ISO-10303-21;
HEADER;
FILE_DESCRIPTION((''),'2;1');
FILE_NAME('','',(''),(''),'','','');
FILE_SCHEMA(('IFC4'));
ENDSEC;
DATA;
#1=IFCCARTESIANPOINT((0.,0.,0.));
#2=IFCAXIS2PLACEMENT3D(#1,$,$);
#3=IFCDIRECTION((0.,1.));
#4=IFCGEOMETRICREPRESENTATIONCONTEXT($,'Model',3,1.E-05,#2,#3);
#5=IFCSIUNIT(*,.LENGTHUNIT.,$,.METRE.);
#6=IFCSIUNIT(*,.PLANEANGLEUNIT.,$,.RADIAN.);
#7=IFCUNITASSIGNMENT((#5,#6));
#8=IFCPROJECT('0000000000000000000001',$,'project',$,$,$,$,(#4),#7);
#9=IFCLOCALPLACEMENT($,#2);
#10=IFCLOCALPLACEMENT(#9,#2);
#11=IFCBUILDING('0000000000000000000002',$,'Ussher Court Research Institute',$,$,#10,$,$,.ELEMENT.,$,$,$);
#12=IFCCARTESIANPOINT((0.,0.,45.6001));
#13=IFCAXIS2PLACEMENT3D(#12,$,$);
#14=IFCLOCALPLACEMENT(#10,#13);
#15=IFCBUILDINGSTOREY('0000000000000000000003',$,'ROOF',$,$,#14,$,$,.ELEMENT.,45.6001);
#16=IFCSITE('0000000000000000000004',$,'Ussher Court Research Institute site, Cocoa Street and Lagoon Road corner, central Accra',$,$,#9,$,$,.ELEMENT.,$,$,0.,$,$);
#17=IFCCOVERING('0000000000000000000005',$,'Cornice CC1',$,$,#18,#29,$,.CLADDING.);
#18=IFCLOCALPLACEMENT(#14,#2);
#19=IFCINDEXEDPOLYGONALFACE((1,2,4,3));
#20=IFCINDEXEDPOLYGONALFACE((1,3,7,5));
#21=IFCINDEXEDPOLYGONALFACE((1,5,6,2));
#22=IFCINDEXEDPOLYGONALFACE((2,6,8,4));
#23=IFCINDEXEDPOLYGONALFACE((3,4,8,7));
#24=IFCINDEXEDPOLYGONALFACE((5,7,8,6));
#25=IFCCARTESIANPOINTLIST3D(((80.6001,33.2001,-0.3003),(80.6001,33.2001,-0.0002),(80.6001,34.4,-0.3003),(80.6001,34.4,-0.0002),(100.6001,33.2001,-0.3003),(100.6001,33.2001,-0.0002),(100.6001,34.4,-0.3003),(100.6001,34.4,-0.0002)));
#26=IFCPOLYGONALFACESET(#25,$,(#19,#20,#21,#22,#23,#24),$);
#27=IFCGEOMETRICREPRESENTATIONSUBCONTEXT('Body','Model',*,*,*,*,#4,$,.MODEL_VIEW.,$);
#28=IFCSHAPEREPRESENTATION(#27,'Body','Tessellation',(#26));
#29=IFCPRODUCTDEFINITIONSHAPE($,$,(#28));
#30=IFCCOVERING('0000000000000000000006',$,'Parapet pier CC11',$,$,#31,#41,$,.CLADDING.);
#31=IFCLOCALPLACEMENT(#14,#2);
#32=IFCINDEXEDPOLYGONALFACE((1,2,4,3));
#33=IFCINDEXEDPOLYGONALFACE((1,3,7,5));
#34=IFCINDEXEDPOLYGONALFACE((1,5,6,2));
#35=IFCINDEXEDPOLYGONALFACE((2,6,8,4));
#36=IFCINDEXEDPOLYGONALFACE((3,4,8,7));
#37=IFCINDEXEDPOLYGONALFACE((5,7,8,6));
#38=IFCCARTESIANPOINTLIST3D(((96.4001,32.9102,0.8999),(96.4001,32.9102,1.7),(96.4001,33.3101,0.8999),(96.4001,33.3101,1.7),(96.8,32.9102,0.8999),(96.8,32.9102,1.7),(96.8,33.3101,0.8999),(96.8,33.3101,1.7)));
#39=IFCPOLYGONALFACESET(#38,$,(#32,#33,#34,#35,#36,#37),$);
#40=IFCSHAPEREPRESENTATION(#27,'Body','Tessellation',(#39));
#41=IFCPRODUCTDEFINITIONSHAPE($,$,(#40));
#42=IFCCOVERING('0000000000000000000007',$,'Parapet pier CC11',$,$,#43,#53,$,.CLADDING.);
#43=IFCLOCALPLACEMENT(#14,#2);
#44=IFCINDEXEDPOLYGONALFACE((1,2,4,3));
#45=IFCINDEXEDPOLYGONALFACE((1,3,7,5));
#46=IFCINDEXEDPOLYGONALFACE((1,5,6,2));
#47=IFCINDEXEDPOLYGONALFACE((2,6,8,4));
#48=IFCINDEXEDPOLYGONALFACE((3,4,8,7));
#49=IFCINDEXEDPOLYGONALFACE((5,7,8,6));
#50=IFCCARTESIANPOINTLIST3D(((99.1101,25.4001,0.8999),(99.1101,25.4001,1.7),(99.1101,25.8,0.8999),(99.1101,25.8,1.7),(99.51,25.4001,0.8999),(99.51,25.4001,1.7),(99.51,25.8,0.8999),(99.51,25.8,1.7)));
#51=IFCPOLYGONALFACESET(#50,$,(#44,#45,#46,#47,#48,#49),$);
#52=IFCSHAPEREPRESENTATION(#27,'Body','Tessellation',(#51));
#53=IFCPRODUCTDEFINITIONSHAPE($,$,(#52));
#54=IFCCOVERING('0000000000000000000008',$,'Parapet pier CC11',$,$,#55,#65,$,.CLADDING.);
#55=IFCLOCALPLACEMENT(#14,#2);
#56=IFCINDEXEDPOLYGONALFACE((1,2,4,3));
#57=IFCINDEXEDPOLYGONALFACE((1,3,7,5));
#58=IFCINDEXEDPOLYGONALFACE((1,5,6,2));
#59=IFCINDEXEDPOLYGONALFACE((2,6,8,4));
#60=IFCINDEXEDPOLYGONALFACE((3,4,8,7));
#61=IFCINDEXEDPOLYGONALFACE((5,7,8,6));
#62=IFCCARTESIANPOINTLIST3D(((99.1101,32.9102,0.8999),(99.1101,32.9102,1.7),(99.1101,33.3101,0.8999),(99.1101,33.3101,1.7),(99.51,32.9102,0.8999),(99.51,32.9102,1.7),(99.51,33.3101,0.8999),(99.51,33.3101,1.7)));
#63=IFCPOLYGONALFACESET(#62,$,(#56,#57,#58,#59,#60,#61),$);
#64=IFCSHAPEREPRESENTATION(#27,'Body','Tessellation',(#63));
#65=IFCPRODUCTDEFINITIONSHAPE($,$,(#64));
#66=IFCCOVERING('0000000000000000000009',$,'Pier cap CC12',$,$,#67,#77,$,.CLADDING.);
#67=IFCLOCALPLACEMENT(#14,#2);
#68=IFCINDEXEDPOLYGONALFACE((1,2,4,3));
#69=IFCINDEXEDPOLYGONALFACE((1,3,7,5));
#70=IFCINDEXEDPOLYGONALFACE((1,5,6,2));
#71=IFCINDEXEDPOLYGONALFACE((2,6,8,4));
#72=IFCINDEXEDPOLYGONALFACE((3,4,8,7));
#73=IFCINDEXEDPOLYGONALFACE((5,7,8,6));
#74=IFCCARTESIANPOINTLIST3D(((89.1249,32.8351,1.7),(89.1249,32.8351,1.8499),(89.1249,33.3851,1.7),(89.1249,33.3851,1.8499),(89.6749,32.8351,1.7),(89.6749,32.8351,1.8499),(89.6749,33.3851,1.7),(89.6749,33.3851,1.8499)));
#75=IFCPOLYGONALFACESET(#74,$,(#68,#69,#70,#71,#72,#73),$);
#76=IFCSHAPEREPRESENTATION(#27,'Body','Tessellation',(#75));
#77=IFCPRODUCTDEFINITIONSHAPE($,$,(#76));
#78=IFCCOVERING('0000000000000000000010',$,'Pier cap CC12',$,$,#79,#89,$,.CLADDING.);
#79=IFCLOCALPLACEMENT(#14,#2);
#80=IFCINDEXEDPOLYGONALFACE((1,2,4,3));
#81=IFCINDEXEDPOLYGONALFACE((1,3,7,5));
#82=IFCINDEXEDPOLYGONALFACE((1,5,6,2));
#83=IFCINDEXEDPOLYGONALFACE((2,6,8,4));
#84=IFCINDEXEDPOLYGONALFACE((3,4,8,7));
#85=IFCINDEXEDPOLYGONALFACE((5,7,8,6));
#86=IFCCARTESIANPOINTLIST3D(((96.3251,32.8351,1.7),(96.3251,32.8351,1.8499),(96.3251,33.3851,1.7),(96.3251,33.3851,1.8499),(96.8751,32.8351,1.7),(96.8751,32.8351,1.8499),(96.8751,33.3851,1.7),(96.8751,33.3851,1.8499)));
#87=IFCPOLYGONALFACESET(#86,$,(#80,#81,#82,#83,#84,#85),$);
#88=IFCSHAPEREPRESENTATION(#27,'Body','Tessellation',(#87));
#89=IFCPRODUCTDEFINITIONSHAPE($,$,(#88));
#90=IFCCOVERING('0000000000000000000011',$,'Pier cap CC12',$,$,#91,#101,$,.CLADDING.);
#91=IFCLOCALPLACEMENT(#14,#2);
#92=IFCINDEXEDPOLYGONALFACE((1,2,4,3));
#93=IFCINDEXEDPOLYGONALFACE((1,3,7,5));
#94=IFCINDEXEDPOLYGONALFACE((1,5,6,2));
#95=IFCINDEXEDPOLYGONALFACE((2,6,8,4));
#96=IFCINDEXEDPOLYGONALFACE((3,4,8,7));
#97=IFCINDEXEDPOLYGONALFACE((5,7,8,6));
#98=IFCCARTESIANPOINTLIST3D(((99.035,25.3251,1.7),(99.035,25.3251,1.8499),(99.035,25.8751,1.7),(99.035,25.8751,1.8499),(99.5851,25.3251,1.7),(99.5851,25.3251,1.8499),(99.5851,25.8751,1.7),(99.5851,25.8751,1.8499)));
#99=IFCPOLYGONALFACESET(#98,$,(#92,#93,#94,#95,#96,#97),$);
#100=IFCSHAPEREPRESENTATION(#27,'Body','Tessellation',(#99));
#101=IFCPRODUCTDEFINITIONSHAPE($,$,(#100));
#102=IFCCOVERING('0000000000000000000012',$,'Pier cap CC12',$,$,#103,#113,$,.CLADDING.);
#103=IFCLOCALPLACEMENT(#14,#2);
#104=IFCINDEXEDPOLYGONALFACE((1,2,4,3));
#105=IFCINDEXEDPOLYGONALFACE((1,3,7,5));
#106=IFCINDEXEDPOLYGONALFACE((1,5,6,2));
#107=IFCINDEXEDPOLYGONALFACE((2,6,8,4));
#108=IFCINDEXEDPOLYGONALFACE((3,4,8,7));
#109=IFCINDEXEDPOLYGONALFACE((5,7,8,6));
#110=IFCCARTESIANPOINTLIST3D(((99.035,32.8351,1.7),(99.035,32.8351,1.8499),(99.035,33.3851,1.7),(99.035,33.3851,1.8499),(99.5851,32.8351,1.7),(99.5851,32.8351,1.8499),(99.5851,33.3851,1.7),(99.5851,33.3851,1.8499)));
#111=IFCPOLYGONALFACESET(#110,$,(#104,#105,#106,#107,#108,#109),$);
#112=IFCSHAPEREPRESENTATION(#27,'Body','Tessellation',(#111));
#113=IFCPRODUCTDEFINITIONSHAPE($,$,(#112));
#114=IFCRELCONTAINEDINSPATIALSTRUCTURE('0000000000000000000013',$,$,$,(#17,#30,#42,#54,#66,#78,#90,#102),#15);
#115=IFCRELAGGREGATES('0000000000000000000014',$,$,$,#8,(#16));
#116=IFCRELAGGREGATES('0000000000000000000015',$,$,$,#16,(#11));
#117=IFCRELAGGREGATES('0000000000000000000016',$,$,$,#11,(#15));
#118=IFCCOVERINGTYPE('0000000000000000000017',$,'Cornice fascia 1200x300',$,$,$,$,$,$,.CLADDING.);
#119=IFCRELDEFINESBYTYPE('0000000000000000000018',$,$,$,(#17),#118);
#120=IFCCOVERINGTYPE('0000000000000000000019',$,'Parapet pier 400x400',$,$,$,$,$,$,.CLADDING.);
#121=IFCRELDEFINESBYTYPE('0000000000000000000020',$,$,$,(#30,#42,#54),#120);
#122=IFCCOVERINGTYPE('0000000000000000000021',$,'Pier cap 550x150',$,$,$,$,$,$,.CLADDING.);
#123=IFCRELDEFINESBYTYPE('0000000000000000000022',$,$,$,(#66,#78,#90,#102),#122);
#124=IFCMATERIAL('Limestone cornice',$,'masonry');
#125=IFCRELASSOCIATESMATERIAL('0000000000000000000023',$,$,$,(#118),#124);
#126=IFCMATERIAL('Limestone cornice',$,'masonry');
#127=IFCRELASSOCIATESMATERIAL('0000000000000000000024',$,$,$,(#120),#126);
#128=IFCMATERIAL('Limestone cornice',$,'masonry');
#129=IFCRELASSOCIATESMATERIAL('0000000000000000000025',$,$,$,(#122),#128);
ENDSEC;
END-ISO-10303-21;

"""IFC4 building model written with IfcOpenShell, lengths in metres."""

from ifc_helpers import new_model, si_unit, direction, frame, origin, origin_2d, place, context, subcontext, project, spatial, rectangle, extrude, material, type_object, element, save


model = new_model("IFC4")

# Units and contexts
model_context = context("Model", 3, precision=1e-05, world=origin(), true_north=direction((0.0, 1.0)))
body_context = subcontext(model_context, "Body", "Model", "MODEL_VIEW")
ifc_project = project(units=[si_unit("LENGTHUNIT", "METRE"), si_unit("PLANEANGLEUNIT", "RADIAN")], contexts=[model_context])

# Site, building, storey
site_placement = place(None, origin())
site = spatial("IfcSite", under=ifc_project, at=site_placement, Name="Ussher Court Research Institute site, Cocoa Street and Lagoon Road corner, central Accra", CompositionType="ELEMENT", RefElevation=0.0)
building_placement = place(site_placement, origin())
building = spatial("IfcBuilding", under=site, at=building_placement, Name="Ussher Court Research Institute", CompositionType="ELEMENT")
storey_placement = place(building_placement, frame((0.0, 0.0, 45.6001)))
storey = spatial("IfcBuildingStorey", under=building, at=storey_placement, Name="ROOF", CompositionType="ELEMENT", Elevation=45.6001)

# Coverings
ifc_material_1 = material(Name="Limestone cornice", Category="masonry")
covering_type_1 = type_object("IfcCoveringType", Name="Cornice fascia 1200x300", PredefinedType="CLADDING", material=ifc_material_1)
covering_1_placement = place(storey_placement, frame((90.6001, 33.8, -0.3003), z_axis=(0.0, 0.0, 1.0), x_axis=(-1.0, 0.0, 0.0)))
element("IfcCovering", 1, at=covering_1_placement, inside=storey, type_object=covering_type_1, Name="Cornice CC1", PredefinedType="CLADDING", context=body_context, shape_type="SweptSolid", body=[
    extrude(rectangle(XDim=20.0, YDim=1.2, at=origin_2d()), origin(), (0.0, 0.0, 1.0), 0.3),
])
ifc_material_2 = material(Name="Limestone cornice", Category="masonry")
covering_type_2 = type_object("IfcCoveringType", Name="Parapet pier 400x400", PredefinedType="CLADDING", material=ifc_material_2)
for number, where, z_axis, x_axis, name in (
    (2, (96.6001, 33.1101, 0.8999), (0.0, 0.0, 1.0), (1.0, 0.0, 0.0), "Parapet pier CC11"),
    (3, (99.3101, 25.6001, 0.8999), (0.0, 0.0, 1.0), (1.0, 0.0, 0.0), "Parapet pier CC11"),
    (4, (99.3101, 33.1101, 0.8999), (0.0, 0.0, 1.0), (1.0, 0.0, 0.0), "Parapet pier CC11"),
):
    element("IfcCovering", number, at=place(storey_placement, frame(where, z_axis=z_axis, x_axis=x_axis)), inside=storey, type_object=covering_type_2, Name=name, PredefinedType="CLADDING", context=body_context, shape_type="SweptSolid", body=[
        extrude(rectangle(XDim=0.3999, YDim=0.3999, at=origin_2d()), origin(), (0.0, 0.0, 1.0), 0.8),
    ])
ifc_material_3 = material(Name="Limestone cornice", Category="masonry")
covering_type_3 = type_object("IfcCoveringType", Name="Pier cap 550x150", PredefinedType="CLADDING", material=ifc_material_3)
for number, where, z_axis, x_axis, name in (
    (5, (89.3999, 33.1101, 1.7), (0.0, 0.0, 1.0), (1.0, 0.0, 0.0), "Pier cap CC12"),
    (6, (96.6001, 33.1101, 1.7), (0.0, 0.0, 1.0), (1.0, 0.0, 0.0), "Pier cap CC12"),
    (7, (99.3101, 25.6001, 1.7), (0.0, 0.0, 1.0), (1.0, 0.0, 0.0), "Pier cap CC12"),
    (8, (99.3101, 33.1101, 1.7), (0.0, 0.0, 1.0), (1.0, 0.0, 0.0), "Pier cap CC12"),
):
    element("IfcCovering", number, at=place(storey_placement, frame(where, z_axis=z_axis, x_axis=x_axis)), inside=storey, type_object=covering_type_3, Name=name, PredefinedType="CLADDING", context=body_context, shape_type="SweptSolid", body=[
        extrude(rectangle(XDim=0.55, YDim=0.55, at=origin_2d()), origin(), (0.0, 0.0, 1.0), 0.1499),
    ])

save(model, "model.ifc")
